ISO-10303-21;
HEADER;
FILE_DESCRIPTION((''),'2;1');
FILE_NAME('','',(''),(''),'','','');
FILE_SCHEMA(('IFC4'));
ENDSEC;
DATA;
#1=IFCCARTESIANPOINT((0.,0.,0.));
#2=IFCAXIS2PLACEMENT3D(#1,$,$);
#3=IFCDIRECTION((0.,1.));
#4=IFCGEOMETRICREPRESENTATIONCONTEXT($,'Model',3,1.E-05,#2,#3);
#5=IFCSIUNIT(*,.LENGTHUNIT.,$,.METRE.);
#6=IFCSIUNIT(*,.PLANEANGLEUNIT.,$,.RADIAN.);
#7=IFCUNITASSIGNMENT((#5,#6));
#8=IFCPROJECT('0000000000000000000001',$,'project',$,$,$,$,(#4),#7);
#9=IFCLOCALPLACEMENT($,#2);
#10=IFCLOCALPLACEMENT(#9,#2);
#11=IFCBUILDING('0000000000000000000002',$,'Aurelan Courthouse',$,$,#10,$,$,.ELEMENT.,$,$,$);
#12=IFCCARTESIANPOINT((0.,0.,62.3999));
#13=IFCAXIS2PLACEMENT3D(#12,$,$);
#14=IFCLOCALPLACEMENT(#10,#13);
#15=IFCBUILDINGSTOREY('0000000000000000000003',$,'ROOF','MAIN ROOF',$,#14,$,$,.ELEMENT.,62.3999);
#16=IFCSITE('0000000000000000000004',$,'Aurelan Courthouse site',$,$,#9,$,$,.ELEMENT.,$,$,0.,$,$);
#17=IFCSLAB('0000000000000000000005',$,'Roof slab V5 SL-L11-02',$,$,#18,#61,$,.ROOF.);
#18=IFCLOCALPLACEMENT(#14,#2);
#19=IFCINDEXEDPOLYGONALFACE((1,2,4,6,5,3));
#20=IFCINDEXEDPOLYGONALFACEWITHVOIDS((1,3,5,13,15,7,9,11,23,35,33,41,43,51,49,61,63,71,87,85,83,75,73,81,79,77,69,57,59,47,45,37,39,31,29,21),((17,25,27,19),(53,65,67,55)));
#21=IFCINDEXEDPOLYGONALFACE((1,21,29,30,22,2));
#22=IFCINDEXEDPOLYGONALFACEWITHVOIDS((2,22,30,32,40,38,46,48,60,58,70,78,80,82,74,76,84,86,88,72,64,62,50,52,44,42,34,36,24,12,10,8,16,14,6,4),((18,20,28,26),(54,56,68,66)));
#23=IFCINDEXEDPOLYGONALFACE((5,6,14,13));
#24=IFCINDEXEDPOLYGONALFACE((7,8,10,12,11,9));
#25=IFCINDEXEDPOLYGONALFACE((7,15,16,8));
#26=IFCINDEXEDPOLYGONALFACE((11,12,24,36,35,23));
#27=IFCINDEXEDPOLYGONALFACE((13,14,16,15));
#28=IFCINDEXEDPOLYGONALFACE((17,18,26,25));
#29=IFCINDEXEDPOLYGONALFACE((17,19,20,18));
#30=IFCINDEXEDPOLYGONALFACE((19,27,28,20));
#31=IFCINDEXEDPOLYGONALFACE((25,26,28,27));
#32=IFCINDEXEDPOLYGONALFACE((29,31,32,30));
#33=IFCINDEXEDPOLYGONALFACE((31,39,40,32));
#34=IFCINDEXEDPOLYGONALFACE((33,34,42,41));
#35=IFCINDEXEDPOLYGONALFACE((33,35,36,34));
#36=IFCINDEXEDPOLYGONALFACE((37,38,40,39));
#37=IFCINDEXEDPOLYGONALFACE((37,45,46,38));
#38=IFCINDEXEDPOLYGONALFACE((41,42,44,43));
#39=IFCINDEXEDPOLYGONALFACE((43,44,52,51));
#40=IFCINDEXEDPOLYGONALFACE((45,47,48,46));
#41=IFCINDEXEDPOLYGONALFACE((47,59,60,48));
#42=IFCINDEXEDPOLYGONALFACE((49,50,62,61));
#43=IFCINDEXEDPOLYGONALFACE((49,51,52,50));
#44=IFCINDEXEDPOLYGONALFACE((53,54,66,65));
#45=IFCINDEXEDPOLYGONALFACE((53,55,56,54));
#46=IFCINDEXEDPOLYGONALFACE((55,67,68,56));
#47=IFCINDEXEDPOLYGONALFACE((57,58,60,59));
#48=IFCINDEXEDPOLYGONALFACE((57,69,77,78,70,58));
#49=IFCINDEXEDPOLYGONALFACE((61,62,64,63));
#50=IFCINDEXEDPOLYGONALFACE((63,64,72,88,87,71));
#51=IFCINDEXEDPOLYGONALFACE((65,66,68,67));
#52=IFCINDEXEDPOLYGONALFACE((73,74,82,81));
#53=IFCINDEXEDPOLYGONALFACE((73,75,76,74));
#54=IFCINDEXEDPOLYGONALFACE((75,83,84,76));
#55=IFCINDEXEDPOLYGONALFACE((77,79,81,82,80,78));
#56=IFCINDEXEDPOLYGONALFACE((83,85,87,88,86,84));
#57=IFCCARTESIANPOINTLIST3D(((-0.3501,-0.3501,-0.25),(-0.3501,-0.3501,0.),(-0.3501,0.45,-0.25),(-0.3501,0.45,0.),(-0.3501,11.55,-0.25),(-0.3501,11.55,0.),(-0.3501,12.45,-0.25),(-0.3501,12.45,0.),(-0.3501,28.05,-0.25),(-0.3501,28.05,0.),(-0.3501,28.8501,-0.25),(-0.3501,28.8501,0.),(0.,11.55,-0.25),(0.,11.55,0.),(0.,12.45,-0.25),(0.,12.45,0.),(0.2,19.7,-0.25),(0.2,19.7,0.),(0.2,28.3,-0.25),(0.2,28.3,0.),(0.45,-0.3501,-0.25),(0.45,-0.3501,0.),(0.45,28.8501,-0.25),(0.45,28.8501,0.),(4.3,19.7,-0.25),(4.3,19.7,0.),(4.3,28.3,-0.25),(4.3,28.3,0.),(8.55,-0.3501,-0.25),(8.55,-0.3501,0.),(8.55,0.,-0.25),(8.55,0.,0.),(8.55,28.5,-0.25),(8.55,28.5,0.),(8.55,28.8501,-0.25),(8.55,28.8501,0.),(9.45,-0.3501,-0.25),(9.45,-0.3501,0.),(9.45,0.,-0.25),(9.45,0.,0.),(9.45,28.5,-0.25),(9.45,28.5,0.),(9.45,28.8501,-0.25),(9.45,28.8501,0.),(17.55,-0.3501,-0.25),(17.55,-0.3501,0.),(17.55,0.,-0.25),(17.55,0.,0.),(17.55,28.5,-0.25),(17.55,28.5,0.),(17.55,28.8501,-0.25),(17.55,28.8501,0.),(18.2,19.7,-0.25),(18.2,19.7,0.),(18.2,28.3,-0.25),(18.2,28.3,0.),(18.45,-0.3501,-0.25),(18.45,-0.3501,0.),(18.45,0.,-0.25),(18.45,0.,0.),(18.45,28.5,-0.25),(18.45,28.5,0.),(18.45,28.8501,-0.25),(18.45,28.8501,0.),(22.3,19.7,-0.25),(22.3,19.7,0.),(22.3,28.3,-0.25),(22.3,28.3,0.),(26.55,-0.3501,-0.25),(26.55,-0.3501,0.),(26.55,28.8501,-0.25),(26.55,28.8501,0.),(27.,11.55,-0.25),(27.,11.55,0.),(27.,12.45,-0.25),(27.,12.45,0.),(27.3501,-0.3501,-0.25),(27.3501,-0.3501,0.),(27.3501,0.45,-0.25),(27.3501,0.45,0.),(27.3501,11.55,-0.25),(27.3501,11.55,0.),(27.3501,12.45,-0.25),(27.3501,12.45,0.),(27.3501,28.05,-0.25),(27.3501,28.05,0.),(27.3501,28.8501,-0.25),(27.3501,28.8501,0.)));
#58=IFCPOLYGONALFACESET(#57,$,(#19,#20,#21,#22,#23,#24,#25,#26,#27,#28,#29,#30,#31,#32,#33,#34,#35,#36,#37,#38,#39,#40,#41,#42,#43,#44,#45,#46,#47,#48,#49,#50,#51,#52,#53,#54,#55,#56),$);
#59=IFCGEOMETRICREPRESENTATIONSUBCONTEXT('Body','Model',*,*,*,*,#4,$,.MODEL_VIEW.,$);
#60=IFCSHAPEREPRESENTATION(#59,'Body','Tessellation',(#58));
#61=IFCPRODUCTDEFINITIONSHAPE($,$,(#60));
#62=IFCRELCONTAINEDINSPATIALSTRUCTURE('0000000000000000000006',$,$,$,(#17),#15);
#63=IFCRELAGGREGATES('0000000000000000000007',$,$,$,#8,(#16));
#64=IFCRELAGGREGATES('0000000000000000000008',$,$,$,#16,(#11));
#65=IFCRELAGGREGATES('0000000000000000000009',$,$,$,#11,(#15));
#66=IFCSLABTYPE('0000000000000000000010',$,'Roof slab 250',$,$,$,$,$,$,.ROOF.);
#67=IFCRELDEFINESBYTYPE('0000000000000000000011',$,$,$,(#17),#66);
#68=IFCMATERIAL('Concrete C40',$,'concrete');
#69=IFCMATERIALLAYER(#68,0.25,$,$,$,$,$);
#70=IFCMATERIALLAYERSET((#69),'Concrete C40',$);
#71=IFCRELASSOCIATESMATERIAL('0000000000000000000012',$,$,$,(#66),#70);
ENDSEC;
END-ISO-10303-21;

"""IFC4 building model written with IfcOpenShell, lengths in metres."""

from ifc_helpers import new_model, si_unit, direction, frame, origin, place, context, subcontext, project, spatial, polyline, outline, extrude, material, layer, layer_set, type_object, element, save


model = new_model("IFC4")

# Units and contexts
model_context = context("Model", 3, precision=1e-05, world=origin(), true_north=direction((0.0, 1.0)))
body_context = subcontext(model_context, "Body", "Model", "MODEL_VIEW")
ifc_project = project(units=[si_unit("LENGTHUNIT", "METRE"), si_unit("PLANEANGLEUNIT", "RADIAN")], contexts=[model_context])

# Site, building, storey
site_placement = place(None, origin())
site = spatial("IfcSite", under=ifc_project, at=site_placement, Name="Aurelan Courthouse site", CompositionType="ELEMENT", RefElevation=0.0)
building_placement = place(site_placement, origin())
building = spatial("IfcBuilding", under=site, at=building_placement, Name="Aurelan Courthouse", CompositionType="ELEMENT")
storey_placement = place(building_placement, frame((0.0, 0.0, 62.3999)))
storey = spatial("IfcBuildingStorey", under=building, at=storey_placement, Name="ROOF", Description="MAIN ROOF", CompositionType="ELEMENT", Elevation=62.3999)

# Slab
ifc_material = material(Name="Concrete C40", Category="concrete")
ifc_layer = layer(ifc_material, 0.25)
ifc_layer_set = layer_set([ifc_layer], Name="Concrete C40")
slab_type = type_object("IfcSlabType", Name="Roof slab 250", PredefinedType="ROOF", material=ifc_layer_set)
slab_placement = place(storey_placement, frame((0.0, 0.0, -0.25)))
element("IfcSlab", 1, at=slab_placement, inside=storey, type_object=slab_type, Name="Roof slab V5 SL-L11-02", PredefinedType="ROOF", context=body_context, shape_type="SweptSolid", body=[
    extrude(outline(polyline([(-0.3501, 0.45), (-0.3501, -0.3501), (0.45, -0.3501), (8.55, -0.3501), (8.55, 0.0), (9.45, 0.0), (9.45, -0.3501), (17.55, -0.3501), (17.55, 0.0), (18.45, 0.0), (18.45, -0.3501), (26.55, -0.3501), (27.3501, -0.3501), (27.3501, 0.45), (27.3501, 11.55), (27.0, 11.55), (27.0, 12.45), (27.3501, 12.45), (27.3501, 28.05), (27.3501, 28.8501), (26.55, 28.8501), (18.45, 28.8501), (18.45, 28.5), (17.55, 28.5), (17.55, 28.8501), (9.45, 28.8501), (9.45, 28.5), (8.55, 28.5), (8.55, 28.8501), (0.45, 28.8501), (-0.3501, 28.8501), (-0.3501, 28.05), (-0.3501, 12.45), (0.0, 12.45), (0.0, 11.55), (-0.3501, 11.55), (-0.3501, 0.45)]), holes=[polyline([(18.2, 28.3), (22.3, 28.3), (22.3, 19.7), (18.2, 19.7), (18.2, 28.3)]), polyline([(4.3, 28.3), (4.3, 19.7), (0.2, 19.7), (0.2, 28.3), (4.3, 28.3)])]), origin(), (0.0, 0.0, 1.0), 0.25),
])

save(model, "model.ifc")
